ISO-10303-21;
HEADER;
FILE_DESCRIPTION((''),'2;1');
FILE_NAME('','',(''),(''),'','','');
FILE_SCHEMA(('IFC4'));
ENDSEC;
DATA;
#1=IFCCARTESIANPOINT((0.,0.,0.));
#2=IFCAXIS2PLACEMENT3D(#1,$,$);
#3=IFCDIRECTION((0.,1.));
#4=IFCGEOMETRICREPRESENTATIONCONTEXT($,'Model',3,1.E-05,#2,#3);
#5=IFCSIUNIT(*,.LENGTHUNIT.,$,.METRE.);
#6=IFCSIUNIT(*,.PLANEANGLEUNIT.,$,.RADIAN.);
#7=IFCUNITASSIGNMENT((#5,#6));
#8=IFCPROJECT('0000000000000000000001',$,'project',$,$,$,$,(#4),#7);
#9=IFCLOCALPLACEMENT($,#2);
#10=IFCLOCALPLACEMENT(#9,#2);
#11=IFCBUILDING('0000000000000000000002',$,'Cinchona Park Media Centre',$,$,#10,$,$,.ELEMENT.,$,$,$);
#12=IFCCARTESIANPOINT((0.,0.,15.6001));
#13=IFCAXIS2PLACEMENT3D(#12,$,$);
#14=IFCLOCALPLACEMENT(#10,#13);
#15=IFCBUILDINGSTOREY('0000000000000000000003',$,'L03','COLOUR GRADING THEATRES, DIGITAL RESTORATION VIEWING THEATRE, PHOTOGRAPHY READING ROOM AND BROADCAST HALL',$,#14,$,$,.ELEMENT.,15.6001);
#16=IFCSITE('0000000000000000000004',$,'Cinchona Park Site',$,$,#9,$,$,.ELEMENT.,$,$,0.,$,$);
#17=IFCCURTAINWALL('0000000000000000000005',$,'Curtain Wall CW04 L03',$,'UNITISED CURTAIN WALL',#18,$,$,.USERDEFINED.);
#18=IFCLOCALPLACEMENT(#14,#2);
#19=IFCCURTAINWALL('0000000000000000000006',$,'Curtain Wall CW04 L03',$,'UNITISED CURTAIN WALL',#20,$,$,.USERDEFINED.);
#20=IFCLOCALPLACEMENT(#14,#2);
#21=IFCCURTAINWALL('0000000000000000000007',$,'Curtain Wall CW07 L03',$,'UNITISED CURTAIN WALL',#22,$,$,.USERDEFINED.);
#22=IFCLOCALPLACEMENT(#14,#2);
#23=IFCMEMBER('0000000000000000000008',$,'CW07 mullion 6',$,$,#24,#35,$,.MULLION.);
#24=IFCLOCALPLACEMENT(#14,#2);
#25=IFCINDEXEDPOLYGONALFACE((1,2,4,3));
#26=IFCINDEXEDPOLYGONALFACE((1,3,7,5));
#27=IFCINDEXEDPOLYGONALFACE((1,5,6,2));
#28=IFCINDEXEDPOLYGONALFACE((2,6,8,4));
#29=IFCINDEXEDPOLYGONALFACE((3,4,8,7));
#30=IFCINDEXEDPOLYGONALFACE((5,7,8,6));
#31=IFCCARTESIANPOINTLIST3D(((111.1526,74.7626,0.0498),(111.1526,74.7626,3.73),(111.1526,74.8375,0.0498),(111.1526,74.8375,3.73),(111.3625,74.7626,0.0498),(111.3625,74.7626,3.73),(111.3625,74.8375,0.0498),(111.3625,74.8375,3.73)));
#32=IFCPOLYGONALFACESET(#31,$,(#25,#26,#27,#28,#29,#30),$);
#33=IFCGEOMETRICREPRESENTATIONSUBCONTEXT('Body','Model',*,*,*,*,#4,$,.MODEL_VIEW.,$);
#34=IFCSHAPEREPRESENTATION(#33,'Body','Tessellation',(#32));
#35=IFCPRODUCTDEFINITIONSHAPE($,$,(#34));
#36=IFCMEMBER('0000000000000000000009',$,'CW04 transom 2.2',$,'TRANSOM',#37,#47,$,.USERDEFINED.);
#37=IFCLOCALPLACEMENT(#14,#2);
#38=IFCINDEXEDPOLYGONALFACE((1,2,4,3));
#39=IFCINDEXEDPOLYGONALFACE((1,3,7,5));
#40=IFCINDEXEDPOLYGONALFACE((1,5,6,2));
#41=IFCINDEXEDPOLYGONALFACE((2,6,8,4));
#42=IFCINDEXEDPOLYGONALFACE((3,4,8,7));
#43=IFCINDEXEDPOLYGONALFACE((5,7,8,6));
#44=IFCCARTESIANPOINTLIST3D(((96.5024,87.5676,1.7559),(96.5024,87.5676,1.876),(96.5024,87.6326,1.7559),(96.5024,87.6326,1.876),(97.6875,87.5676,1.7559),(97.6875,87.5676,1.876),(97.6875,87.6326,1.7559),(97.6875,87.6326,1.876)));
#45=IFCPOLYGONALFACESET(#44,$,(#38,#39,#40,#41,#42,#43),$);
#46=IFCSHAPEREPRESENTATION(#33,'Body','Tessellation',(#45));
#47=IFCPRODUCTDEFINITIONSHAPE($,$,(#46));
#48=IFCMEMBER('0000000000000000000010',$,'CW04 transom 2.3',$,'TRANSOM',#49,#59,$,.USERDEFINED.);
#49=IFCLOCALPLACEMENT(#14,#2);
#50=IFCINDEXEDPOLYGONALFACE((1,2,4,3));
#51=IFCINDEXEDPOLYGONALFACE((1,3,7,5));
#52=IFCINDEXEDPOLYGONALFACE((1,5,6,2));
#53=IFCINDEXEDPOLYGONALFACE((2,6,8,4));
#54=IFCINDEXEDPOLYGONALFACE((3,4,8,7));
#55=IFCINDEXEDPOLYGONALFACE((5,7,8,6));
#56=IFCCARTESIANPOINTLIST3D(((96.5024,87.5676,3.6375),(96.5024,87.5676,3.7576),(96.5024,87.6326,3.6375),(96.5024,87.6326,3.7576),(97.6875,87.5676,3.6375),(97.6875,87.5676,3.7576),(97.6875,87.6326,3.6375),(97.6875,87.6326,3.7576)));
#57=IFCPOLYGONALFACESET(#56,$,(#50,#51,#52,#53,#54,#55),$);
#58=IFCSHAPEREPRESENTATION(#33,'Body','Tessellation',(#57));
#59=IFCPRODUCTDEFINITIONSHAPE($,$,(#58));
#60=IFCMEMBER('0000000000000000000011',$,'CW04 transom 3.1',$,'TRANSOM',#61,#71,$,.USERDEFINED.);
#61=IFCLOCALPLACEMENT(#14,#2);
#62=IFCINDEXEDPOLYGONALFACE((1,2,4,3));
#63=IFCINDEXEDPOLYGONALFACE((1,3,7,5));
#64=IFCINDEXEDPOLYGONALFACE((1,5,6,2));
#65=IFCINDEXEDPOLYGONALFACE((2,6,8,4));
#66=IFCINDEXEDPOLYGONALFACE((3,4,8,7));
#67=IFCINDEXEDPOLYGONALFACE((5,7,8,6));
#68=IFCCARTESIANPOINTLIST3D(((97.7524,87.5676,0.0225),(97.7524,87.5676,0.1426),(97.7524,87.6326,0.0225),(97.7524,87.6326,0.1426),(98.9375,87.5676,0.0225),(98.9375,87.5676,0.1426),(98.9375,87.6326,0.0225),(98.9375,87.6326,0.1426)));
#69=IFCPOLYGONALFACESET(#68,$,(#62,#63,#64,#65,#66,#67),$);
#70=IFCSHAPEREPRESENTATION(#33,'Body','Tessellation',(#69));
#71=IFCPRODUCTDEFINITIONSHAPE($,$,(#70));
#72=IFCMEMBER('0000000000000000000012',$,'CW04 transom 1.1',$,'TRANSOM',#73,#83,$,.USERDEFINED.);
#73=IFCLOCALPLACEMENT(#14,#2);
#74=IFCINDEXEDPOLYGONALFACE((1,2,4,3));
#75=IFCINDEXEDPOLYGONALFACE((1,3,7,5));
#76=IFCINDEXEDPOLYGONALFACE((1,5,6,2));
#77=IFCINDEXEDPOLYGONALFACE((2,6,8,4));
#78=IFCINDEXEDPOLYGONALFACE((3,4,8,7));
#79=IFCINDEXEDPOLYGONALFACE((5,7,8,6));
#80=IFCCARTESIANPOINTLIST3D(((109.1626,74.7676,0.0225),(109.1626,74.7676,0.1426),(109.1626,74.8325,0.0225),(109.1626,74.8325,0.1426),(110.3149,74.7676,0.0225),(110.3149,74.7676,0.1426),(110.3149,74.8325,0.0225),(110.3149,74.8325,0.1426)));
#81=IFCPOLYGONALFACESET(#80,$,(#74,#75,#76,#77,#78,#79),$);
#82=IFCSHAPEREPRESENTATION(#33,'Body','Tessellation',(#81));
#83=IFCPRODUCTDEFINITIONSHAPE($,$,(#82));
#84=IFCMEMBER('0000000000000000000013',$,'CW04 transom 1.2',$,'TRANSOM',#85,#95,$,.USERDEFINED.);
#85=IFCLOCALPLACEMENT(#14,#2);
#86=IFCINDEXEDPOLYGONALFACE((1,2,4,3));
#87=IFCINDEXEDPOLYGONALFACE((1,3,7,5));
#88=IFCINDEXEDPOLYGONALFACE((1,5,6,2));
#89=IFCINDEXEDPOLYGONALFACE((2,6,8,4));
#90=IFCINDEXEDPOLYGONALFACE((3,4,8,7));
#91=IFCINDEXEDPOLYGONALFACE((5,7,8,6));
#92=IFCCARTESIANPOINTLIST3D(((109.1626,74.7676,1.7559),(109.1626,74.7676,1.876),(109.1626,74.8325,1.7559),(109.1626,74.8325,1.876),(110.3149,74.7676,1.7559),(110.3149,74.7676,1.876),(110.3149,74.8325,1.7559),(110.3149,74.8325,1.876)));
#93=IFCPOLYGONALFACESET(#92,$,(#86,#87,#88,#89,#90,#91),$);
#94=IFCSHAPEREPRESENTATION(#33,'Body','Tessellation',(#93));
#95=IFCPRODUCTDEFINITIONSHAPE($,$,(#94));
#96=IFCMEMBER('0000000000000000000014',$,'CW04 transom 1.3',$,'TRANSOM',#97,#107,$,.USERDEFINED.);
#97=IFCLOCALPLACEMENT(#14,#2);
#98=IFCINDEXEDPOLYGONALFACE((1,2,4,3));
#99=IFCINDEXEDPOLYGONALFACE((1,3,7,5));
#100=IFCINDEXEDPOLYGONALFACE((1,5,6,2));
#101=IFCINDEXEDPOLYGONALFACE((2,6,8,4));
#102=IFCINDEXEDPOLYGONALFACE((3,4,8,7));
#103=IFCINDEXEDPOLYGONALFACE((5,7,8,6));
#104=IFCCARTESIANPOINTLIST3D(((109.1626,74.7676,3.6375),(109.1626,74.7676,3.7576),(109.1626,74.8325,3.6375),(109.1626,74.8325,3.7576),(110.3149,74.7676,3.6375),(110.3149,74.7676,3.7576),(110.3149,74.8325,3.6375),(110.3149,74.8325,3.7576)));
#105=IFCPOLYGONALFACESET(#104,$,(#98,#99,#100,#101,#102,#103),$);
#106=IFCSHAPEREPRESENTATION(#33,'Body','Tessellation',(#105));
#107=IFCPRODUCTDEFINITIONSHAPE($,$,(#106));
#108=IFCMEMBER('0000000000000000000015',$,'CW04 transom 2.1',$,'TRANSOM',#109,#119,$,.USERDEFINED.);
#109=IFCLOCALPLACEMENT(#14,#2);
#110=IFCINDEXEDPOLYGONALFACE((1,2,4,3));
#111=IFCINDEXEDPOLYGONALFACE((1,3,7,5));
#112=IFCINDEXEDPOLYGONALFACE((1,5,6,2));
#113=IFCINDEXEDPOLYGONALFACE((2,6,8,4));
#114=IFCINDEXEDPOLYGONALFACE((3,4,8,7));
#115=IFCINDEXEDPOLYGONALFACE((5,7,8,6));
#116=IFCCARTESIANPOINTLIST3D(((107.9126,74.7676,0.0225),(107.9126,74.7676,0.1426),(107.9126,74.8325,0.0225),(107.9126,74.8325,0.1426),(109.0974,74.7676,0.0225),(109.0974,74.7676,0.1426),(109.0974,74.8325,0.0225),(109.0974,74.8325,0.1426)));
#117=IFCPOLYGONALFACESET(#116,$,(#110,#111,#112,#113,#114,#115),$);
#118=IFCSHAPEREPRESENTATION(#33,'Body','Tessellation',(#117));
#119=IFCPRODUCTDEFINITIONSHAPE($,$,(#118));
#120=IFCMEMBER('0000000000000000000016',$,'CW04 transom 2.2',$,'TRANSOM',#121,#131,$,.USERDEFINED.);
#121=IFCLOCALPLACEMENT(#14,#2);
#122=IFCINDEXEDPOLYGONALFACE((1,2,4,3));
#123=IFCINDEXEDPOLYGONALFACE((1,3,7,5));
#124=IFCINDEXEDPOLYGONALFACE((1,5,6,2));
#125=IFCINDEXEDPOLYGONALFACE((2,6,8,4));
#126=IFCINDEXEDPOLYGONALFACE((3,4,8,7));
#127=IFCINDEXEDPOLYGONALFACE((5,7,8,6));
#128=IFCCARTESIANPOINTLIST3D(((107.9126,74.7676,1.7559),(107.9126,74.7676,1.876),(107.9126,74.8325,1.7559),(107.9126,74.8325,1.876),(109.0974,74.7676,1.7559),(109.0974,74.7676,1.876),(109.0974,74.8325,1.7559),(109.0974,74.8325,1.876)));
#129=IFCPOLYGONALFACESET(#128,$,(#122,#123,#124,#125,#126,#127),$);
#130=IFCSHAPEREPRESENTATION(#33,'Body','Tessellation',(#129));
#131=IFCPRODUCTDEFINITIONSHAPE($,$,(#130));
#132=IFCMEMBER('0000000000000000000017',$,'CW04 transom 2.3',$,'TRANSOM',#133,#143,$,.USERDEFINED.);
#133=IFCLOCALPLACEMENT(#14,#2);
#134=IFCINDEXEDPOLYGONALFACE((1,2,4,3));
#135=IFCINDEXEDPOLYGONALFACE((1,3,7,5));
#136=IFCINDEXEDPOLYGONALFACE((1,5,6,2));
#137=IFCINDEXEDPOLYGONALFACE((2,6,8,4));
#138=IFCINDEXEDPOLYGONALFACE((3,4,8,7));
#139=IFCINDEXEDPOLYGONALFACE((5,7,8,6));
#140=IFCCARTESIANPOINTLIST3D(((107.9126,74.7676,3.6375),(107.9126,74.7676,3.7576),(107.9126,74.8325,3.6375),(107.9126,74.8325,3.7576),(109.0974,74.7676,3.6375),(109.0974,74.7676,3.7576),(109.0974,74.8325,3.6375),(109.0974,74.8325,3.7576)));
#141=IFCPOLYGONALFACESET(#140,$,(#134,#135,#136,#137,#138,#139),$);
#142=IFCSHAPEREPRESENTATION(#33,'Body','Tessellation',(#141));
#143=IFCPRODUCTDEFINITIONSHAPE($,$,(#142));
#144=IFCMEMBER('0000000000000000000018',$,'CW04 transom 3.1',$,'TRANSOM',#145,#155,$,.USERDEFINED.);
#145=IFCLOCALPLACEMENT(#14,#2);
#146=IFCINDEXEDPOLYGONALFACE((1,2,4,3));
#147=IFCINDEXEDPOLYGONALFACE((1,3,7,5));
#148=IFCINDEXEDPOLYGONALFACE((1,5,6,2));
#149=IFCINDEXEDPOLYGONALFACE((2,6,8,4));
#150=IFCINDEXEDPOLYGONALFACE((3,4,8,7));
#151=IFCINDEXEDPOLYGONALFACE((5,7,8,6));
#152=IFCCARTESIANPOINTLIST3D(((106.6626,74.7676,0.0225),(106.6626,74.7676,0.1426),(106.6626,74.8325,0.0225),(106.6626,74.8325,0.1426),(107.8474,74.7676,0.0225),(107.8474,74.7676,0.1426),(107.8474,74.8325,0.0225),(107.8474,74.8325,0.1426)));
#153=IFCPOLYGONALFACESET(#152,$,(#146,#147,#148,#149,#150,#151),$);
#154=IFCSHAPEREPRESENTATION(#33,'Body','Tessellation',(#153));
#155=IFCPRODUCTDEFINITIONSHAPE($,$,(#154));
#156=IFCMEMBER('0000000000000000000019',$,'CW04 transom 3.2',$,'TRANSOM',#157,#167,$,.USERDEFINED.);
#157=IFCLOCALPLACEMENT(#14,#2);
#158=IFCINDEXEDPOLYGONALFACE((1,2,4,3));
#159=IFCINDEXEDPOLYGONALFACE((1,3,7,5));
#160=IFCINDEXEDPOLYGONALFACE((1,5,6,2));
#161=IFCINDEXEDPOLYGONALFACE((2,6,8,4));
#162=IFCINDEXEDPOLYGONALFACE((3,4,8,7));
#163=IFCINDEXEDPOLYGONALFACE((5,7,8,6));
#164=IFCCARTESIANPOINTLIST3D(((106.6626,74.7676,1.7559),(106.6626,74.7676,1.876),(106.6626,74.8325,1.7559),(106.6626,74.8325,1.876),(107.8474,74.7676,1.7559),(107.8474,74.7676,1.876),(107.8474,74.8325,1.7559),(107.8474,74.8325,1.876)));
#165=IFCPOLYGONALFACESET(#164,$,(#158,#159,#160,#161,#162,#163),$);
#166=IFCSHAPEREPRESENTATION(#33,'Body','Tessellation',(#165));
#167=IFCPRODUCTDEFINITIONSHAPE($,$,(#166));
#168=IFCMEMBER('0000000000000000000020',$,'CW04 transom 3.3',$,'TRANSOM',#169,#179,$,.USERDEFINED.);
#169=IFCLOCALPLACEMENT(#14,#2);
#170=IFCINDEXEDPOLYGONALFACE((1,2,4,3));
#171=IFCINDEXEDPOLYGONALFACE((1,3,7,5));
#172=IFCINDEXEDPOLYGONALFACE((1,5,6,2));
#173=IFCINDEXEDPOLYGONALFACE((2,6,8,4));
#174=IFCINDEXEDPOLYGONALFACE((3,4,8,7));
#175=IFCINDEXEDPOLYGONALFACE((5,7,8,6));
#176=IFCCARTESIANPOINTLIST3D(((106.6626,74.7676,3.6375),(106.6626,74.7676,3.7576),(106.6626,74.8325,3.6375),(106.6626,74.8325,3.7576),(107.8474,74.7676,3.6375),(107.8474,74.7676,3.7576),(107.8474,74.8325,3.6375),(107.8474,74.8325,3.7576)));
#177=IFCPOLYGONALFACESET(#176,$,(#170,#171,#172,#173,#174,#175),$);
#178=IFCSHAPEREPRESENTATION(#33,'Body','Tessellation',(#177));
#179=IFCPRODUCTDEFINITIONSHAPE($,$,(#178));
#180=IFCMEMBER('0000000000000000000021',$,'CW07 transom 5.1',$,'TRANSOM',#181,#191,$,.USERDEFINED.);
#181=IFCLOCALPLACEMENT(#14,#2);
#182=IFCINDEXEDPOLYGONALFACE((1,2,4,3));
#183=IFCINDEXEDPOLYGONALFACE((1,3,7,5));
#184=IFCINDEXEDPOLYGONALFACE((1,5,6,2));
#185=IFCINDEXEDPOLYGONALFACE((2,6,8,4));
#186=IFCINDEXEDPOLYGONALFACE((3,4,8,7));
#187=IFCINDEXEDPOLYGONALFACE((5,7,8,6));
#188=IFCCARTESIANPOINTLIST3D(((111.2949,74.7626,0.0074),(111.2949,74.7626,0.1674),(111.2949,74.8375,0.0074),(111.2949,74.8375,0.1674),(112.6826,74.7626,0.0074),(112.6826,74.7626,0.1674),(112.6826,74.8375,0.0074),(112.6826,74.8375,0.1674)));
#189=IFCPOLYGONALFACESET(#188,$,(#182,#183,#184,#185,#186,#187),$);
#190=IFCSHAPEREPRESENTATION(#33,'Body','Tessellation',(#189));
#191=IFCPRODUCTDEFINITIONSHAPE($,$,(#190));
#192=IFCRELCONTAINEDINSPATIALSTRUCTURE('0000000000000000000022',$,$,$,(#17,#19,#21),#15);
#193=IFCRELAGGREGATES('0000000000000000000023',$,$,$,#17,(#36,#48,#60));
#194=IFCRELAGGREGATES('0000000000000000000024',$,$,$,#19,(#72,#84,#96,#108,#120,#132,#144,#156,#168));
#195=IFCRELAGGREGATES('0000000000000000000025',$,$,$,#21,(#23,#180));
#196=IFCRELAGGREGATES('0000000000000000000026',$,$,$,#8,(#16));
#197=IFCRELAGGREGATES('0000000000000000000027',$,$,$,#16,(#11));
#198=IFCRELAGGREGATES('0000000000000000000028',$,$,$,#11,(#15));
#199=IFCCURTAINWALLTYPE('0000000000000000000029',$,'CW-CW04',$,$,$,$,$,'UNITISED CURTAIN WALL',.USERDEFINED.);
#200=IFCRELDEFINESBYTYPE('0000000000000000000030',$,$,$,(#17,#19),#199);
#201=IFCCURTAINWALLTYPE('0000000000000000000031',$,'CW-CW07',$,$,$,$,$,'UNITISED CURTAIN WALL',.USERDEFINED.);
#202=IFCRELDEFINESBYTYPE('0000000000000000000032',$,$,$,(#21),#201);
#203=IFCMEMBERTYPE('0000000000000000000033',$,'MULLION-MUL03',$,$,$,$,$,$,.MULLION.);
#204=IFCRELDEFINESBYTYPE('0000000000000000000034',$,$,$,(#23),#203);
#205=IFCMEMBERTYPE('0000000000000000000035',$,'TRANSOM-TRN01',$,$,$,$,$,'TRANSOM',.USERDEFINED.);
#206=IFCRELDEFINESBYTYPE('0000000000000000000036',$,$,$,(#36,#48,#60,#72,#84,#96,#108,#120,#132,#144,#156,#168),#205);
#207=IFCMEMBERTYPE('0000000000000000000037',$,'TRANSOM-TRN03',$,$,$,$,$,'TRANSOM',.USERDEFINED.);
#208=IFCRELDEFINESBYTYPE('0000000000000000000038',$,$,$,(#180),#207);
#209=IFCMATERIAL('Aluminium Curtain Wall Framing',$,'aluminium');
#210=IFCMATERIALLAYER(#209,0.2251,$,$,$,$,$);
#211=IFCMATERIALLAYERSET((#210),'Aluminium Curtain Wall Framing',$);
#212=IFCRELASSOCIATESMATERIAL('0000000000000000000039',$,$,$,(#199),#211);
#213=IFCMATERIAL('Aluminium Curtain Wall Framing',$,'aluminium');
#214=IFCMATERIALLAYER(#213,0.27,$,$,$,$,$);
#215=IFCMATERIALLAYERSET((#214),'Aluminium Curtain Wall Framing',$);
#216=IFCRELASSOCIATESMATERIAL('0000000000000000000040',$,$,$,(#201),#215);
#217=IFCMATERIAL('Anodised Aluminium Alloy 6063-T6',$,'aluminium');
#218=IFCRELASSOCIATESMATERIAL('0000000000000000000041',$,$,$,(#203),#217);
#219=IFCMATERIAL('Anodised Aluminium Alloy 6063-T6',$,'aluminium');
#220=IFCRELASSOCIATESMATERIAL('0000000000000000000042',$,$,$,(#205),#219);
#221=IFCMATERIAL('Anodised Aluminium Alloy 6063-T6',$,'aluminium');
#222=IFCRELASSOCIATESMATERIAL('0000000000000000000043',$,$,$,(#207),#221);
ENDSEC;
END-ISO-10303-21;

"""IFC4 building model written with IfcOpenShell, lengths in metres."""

from ifc_helpers import new_model, si_unit, direction, frame, origin, origin_2d, place, context, subcontext, project, spatial, rectangle, extrude, material, layer, layer_set, material_profile, profile_set, type_object, element, aggregate, save


model = new_model("IFC4")

# Units and contexts
model_context = context("Model", 3, precision=1e-05, world=origin(), true_north=direction((0.0, 1.0)))
body_context = subcontext(model_context, "Body", "Model", "MODEL_VIEW")
ifc_project = project(units=[si_unit("LENGTHUNIT", "METRE"), si_unit("PLANEANGLEUNIT", "RADIAN")], contexts=[model_context])

# Site, building, storey
site_placement = place(None, origin())
site = spatial("IfcSite", under=ifc_project, at=site_placement, Name="Cinchona Park Site", CompositionType="ELEMENT", RefElevation=0.0)
building_placement = place(site_placement, origin())
building = spatial("IfcBuilding", under=site, at=building_placement, Name="Cinchona Park Media Centre", CompositionType="ELEMENT")
storey_placement = place(building_placement, frame((0.0, 0.0, 15.6001)))
storey = spatial("IfcBuildingStorey", under=building, at=storey_placement, Name="L03", Description="COLOUR GRADING THEATRES, DIGITAL RESTORATION VIEWING THEATRE, PHOTOGRAPHY READING ROOM AND BROADCAST HALL", CompositionType="ELEMENT", Elevation=15.6001)

# Curtain wall
ifc_material_1 = material(Name="Aluminium Curtain Wall Framing", Category="aluminium")
ifc_layer_1 = layer(ifc_material_1, 0.2251)
ifc_layer_set_1 = layer_set([ifc_layer_1], Name="Aluminium Curtain Wall Framing")
curtain_wall_type_1 = type_object("IfcCurtainWallType", Name="CW-CW04", ElementType="UNITISED CURTAIN WALL", PredefinedType="USERDEFINED", material=ifc_layer_set_1)
curtain_wall_1_placement = place(storey_placement, origin())
curtain_wall_1 = element("IfcCurtainWall", 1, at=curtain_wall_1_placement, inside=storey, type_object=curtain_wall_type_1, Name="Curtain Wall CW04 L03", ObjectType="UNITISED CURTAIN WALL", PredefinedType="USERDEFINED")

# Curtain walls, member
curtain_wall_2_placement = place(storey_placement, origin())
curtain_wall_2 = element("IfcCurtainWall", 2, at=curtain_wall_2_placement, inside=storey, type_object=curtain_wall_type_1, Name="Curtain Wall CW04 L03", ObjectType="UNITISED CURTAIN WALL", PredefinedType="USERDEFINED")
ifc_material_2 = material(Name="Aluminium Curtain Wall Framing", Category="aluminium")
ifc_layer_2 = layer(ifc_material_2, 0.27)
ifc_layer_set_2 = layer_set([ifc_layer_2], Name="Aluminium Curtain Wall Framing")
curtain_wall_type_2 = type_object("IfcCurtainWallType", Name="CW-CW07", ElementType="UNITISED CURTAIN WALL", PredefinedType="USERDEFINED", material=ifc_layer_set_2)
curtain_wall_3_placement = place(storey_placement, origin())
curtain_wall_3 = element("IfcCurtainWall", 3, at=curtain_wall_3_placement, inside=storey, type_object=curtain_wall_type_2, Name="Curtain Wall CW07 L03", ObjectType="UNITISED CURTAIN WALL", PredefinedType="USERDEFINED")
ifc_material_3 = material(Name="Anodised Aluminium Alloy 6063-T6", Category="aluminium")
ifc_material_profile_1 = material_profile(ifc_material_3, rectangle(XDim=0.075, YDim=0.21, at=origin_2d()), Name="MUL-75X210")
ifc_profile_set_1 = profile_set([ifc_material_profile_1], Name="Anodised Aluminium Alloy 6063-T6")
member_type_1 = type_object("IfcMemberType", Name="MULLION-MUL03", PredefinedType="MULLION", material=ifc_profile_set_1)
member_1_placement = place(storey_placement, frame((111.2576, 74.8, 0.0498), z_axis=(0.0, 0.0, 1.0), x_axis=(0.0, -1.0, 0.0)))
member_1 = element("IfcMember", 4, at=member_1_placement, type_object=member_type_1, Name="CW07 mullion 6", PredefinedType="MULLION", context=body_context, shape_type="SweptSolid", body=[
    extrude(rectangle(XDim=0.075, YDim=0.21, at=origin_2d()), origin(), (0.0, 0.0, 1.0), 3.6802),
])

# Members
ifc_material_4 = material(Name="Anodised Aluminium Alloy 6063-T6", Category="aluminium")
ifc_material_profile_2 = material_profile(ifc_material_4, rectangle(XDim=0.0649, YDim=0.1201, at=origin_2d()), Name="TRN-65X120")
ifc_profile_set_2 = profile_set([ifc_material_profile_2], Name="Anodised Aluminium Alloy 6063-T6")
member_type_2 = type_object("IfcMemberType", Name="TRANSOM-TRN01", ElementType="TRANSOM", PredefinedType="USERDEFINED", material=ifc_profile_set_2)
member_2_placement = place(storey_placement, frame((96.5024, 87.6001, 1.8159), z_axis=(1.0, 0.0, 0.0), x_axis=(0.0, 1.0, 0.0)))
member_2 = element("IfcMember", 5, at=member_2_placement, type_object=member_type_2, Name="CW04 transom 2.2", ObjectType="TRANSOM", PredefinedType="USERDEFINED", context=body_context, shape_type="SweptSolid", body=[
    extrude(rectangle(XDim=0.0649, YDim=0.1201, at=origin_2d()), origin(), (0.0, 0.0, 1.0), 1.1851),
])
member_3_placement = place(storey_placement, frame((96.5024, 87.6001, 3.6975), z_axis=(1.0, 0.0, 0.0), x_axis=(0.0, 1.0, 0.0)))
member_3 = element("IfcMember", 6, at=member_3_placement, type_object=member_type_2, Name="CW04 transom 2.3", ObjectType="TRANSOM", PredefinedType="USERDEFINED", context=body_context, shape_type="SweptSolid", body=[
    extrude(rectangle(XDim=0.0649, YDim=0.1201, at=origin_2d()), origin(), (0.0, 0.0, 1.0), 1.1851),
])
member_4_placement = place(storey_placement, frame((97.7524, 87.6001, 0.0825), z_axis=(1.0, 0.0, 0.0), x_axis=(0.0, 1.0, 0.0)))
member_4 = element("IfcMember", 7, at=member_4_placement, type_object=member_type_2, Name="CW04 transom 3.1", ObjectType="TRANSOM", PredefinedType="USERDEFINED", context=body_context, shape_type="SweptSolid", body=[
    extrude(rectangle(XDim=0.0649, YDim=0.1201, at=origin_2d()), origin(), (0.0, 0.0, 1.0), 1.1851),
])
member_5_placement = place(storey_placement, frame((110.3149, 74.8, 0.0825), z_axis=(-1.0, 0.0, 0.0), x_axis=(0.0, -1.0, 0.0)))
member_5 = element("IfcMember", 8, at=member_5_placement, type_object=member_type_2, Name="CW04 transom 1.1", ObjectType="TRANSOM", PredefinedType="USERDEFINED", context=body_context, shape_type="SweptSolid", body=[
    extrude(rectangle(XDim=0.0649, YDim=0.1201, at=origin_2d()), origin(), (0.0, 0.0, 1.0), 1.1523),
])
member_6_placement = place(storey_placement, frame((110.3149, 74.8, 1.8159), z_axis=(-1.0, 0.0, 0.0), x_axis=(0.0, -1.0, 0.0)))
member_6 = element("IfcMember", 9, at=member_6_placement, type_object=member_type_2, Name="CW04 transom 1.2", ObjectType="TRANSOM", PredefinedType="USERDEFINED", context=body_context, shape_type="SweptSolid", body=[
    extrude(rectangle(XDim=0.0649, YDim=0.1201, at=origin_2d()), origin(), (0.0, 0.0, 1.0), 1.1523),
])
member_7_placement = place(storey_placement, frame((110.3149, 74.8, 3.6975), z_axis=(-1.0, 0.0, 0.0), x_axis=(0.0, -1.0, 0.0)))
member_7 = element("IfcMember", 10, at=member_7_placement, type_object=member_type_2, Name="CW04 transom 1.3", ObjectType="TRANSOM", PredefinedType="USERDEFINED", context=body_context, shape_type="SweptSolid", body=[
    extrude(rectangle(XDim=0.0649, YDim=0.1201, at=origin_2d()), origin(), (0.0, 0.0, 1.0), 1.1523),
])
member_8_placement = place(storey_placement, frame((109.0974, 74.8, 0.0825), z_axis=(-1.0, 0.0, 0.0), x_axis=(0.0, -1.0, 0.0)))
member_8 = element("IfcMember", 11, at=member_8_placement, type_object=member_type_2, Name="CW04 transom 2.1", ObjectType="TRANSOM", PredefinedType="USERDEFINED", context=body_context, shape_type="SweptSolid", body=[
    extrude(rectangle(XDim=0.0649, YDim=0.1201, at=origin_2d()), origin(), (0.0, 0.0, 1.0), 1.1848),
])
member_9_placement = place(storey_placement, frame((109.0974, 74.8, 1.8159), z_axis=(-1.0, 0.0, 0.0), x_axis=(0.0, -1.0, 0.0)))
member_9 = element("IfcMember", 12, at=member_9_placement, type_object=member_type_2, Name="CW04 transom 2.2", ObjectType="TRANSOM", PredefinedType="USERDEFINED", context=body_context, shape_type="SweptSolid", body=[
    extrude(rectangle(XDim=0.0649, YDim=0.1201, at=origin_2d()), origin(), (0.0, 0.0, 1.0), 1.1848),
])
member_10_placement = place(storey_placement, frame((109.0974, 74.8, 3.6975), z_axis=(-1.0, 0.0, 0.0), x_axis=(0.0, -1.0, 0.0)))
member_10 = element("IfcMember", 13, at=member_10_placement, type_object=member_type_2, Name="CW04 transom 2.3", ObjectType="TRANSOM", PredefinedType="USERDEFINED", context=body_context, shape_type="SweptSolid", body=[
    extrude(rectangle(XDim=0.0649, YDim=0.1201, at=origin_2d()), origin(), (0.0, 0.0, 1.0), 1.1848),
])
member_11_placement = place(storey_placement, frame((107.8474, 74.8, 0.0825), z_axis=(-1.0, 0.0, 0.0), x_axis=(0.0, -1.0, 0.0)))
member_11 = element("IfcMember", 14, at=member_11_placement, type_object=member_type_2, Name="CW04 transom 3.1", ObjectType="TRANSOM", PredefinedType="USERDEFINED", context=body_context, shape_type="SweptSolid", body=[
    extrude(rectangle(XDim=0.0649, YDim=0.1201, at=origin_2d()), origin(), (0.0, 0.0, 1.0), 1.1848),
])
member_12_placement = place(storey_placement, frame((107.8474, 74.8, 1.8159), z_axis=(-1.0, 0.0, 0.0), x_axis=(0.0, -1.0, 0.0)))
member_12 = element("IfcMember", 15, at=member_12_placement, type_object=member_type_2, Name="CW04 transom 3.2", ObjectType="TRANSOM", PredefinedType="USERDEFINED", context=body_context, shape_type="SweptSolid", body=[
    extrude(rectangle(XDim=0.0649, YDim=0.1201, at=origin_2d()), origin(), (0.0, 0.0, 1.0), 1.1848),
])
member_13_placement = place(storey_placement, frame((107.8474, 74.8, 3.6975), z_axis=(-1.0, 0.0, 0.0), x_axis=(0.0, -1.0, 0.0)))
member_13 = element("IfcMember", 16, at=member_13_placement, type_object=member_type_2, Name="CW04 transom 3.3", ObjectType="TRANSOM", PredefinedType="USERDEFINED", context=body_context, shape_type="SweptSolid", body=[
    extrude(rectangle(XDim=0.0649, YDim=0.1201, at=origin_2d()), origin(), (0.0, 0.0, 1.0), 1.1848),
])
ifc_material_5 = material(Name="Anodised Aluminium Alloy 6063-T6", Category="aluminium")
ifc_material_profile_3 = material_profile(ifc_material_5, rectangle(XDim=0.075, YDim=0.1599, at=origin_2d()), Name="TRN-75X160")
ifc_profile_set_3 = profile_set([ifc_material_profile_3], Name="Anodised Aluminium Alloy 6063-T6")
member_type_3 = type_object("IfcMemberType", Name="TRANSOM-TRN03", ElementType="TRANSOM", PredefinedType="USERDEFINED", material=ifc_profile_set_3)
member_14_placement = place(storey_placement, frame((112.6826, 74.8, 0.0874), z_axis=(-1.0, 0.0, 0.0), x_axis=(0.0, -1.0, 0.0)))
member_14 = element("IfcMember", 17, at=member_14_placement, type_object=member_type_3, Name="CW07 transom 5.1", ObjectType="TRANSOM", PredefinedType="USERDEFINED", context=body_context, shape_type="SweptSolid", body=[
    extrude(rectangle(XDim=0.075, YDim=0.1599, at=origin_2d()), origin(), (0.0, 0.0, 1.0), 1.3877),
])

aggregate(curtain_wall_1, [member_2, member_3, member_4])
aggregate(curtain_wall_2, [member_5, member_6, member_7, member_8, member_9, member_10, member_11, member_12, member_13])
aggregate(curtain_wall_3, [member_1, member_14])

save(model, "model.ifc")
